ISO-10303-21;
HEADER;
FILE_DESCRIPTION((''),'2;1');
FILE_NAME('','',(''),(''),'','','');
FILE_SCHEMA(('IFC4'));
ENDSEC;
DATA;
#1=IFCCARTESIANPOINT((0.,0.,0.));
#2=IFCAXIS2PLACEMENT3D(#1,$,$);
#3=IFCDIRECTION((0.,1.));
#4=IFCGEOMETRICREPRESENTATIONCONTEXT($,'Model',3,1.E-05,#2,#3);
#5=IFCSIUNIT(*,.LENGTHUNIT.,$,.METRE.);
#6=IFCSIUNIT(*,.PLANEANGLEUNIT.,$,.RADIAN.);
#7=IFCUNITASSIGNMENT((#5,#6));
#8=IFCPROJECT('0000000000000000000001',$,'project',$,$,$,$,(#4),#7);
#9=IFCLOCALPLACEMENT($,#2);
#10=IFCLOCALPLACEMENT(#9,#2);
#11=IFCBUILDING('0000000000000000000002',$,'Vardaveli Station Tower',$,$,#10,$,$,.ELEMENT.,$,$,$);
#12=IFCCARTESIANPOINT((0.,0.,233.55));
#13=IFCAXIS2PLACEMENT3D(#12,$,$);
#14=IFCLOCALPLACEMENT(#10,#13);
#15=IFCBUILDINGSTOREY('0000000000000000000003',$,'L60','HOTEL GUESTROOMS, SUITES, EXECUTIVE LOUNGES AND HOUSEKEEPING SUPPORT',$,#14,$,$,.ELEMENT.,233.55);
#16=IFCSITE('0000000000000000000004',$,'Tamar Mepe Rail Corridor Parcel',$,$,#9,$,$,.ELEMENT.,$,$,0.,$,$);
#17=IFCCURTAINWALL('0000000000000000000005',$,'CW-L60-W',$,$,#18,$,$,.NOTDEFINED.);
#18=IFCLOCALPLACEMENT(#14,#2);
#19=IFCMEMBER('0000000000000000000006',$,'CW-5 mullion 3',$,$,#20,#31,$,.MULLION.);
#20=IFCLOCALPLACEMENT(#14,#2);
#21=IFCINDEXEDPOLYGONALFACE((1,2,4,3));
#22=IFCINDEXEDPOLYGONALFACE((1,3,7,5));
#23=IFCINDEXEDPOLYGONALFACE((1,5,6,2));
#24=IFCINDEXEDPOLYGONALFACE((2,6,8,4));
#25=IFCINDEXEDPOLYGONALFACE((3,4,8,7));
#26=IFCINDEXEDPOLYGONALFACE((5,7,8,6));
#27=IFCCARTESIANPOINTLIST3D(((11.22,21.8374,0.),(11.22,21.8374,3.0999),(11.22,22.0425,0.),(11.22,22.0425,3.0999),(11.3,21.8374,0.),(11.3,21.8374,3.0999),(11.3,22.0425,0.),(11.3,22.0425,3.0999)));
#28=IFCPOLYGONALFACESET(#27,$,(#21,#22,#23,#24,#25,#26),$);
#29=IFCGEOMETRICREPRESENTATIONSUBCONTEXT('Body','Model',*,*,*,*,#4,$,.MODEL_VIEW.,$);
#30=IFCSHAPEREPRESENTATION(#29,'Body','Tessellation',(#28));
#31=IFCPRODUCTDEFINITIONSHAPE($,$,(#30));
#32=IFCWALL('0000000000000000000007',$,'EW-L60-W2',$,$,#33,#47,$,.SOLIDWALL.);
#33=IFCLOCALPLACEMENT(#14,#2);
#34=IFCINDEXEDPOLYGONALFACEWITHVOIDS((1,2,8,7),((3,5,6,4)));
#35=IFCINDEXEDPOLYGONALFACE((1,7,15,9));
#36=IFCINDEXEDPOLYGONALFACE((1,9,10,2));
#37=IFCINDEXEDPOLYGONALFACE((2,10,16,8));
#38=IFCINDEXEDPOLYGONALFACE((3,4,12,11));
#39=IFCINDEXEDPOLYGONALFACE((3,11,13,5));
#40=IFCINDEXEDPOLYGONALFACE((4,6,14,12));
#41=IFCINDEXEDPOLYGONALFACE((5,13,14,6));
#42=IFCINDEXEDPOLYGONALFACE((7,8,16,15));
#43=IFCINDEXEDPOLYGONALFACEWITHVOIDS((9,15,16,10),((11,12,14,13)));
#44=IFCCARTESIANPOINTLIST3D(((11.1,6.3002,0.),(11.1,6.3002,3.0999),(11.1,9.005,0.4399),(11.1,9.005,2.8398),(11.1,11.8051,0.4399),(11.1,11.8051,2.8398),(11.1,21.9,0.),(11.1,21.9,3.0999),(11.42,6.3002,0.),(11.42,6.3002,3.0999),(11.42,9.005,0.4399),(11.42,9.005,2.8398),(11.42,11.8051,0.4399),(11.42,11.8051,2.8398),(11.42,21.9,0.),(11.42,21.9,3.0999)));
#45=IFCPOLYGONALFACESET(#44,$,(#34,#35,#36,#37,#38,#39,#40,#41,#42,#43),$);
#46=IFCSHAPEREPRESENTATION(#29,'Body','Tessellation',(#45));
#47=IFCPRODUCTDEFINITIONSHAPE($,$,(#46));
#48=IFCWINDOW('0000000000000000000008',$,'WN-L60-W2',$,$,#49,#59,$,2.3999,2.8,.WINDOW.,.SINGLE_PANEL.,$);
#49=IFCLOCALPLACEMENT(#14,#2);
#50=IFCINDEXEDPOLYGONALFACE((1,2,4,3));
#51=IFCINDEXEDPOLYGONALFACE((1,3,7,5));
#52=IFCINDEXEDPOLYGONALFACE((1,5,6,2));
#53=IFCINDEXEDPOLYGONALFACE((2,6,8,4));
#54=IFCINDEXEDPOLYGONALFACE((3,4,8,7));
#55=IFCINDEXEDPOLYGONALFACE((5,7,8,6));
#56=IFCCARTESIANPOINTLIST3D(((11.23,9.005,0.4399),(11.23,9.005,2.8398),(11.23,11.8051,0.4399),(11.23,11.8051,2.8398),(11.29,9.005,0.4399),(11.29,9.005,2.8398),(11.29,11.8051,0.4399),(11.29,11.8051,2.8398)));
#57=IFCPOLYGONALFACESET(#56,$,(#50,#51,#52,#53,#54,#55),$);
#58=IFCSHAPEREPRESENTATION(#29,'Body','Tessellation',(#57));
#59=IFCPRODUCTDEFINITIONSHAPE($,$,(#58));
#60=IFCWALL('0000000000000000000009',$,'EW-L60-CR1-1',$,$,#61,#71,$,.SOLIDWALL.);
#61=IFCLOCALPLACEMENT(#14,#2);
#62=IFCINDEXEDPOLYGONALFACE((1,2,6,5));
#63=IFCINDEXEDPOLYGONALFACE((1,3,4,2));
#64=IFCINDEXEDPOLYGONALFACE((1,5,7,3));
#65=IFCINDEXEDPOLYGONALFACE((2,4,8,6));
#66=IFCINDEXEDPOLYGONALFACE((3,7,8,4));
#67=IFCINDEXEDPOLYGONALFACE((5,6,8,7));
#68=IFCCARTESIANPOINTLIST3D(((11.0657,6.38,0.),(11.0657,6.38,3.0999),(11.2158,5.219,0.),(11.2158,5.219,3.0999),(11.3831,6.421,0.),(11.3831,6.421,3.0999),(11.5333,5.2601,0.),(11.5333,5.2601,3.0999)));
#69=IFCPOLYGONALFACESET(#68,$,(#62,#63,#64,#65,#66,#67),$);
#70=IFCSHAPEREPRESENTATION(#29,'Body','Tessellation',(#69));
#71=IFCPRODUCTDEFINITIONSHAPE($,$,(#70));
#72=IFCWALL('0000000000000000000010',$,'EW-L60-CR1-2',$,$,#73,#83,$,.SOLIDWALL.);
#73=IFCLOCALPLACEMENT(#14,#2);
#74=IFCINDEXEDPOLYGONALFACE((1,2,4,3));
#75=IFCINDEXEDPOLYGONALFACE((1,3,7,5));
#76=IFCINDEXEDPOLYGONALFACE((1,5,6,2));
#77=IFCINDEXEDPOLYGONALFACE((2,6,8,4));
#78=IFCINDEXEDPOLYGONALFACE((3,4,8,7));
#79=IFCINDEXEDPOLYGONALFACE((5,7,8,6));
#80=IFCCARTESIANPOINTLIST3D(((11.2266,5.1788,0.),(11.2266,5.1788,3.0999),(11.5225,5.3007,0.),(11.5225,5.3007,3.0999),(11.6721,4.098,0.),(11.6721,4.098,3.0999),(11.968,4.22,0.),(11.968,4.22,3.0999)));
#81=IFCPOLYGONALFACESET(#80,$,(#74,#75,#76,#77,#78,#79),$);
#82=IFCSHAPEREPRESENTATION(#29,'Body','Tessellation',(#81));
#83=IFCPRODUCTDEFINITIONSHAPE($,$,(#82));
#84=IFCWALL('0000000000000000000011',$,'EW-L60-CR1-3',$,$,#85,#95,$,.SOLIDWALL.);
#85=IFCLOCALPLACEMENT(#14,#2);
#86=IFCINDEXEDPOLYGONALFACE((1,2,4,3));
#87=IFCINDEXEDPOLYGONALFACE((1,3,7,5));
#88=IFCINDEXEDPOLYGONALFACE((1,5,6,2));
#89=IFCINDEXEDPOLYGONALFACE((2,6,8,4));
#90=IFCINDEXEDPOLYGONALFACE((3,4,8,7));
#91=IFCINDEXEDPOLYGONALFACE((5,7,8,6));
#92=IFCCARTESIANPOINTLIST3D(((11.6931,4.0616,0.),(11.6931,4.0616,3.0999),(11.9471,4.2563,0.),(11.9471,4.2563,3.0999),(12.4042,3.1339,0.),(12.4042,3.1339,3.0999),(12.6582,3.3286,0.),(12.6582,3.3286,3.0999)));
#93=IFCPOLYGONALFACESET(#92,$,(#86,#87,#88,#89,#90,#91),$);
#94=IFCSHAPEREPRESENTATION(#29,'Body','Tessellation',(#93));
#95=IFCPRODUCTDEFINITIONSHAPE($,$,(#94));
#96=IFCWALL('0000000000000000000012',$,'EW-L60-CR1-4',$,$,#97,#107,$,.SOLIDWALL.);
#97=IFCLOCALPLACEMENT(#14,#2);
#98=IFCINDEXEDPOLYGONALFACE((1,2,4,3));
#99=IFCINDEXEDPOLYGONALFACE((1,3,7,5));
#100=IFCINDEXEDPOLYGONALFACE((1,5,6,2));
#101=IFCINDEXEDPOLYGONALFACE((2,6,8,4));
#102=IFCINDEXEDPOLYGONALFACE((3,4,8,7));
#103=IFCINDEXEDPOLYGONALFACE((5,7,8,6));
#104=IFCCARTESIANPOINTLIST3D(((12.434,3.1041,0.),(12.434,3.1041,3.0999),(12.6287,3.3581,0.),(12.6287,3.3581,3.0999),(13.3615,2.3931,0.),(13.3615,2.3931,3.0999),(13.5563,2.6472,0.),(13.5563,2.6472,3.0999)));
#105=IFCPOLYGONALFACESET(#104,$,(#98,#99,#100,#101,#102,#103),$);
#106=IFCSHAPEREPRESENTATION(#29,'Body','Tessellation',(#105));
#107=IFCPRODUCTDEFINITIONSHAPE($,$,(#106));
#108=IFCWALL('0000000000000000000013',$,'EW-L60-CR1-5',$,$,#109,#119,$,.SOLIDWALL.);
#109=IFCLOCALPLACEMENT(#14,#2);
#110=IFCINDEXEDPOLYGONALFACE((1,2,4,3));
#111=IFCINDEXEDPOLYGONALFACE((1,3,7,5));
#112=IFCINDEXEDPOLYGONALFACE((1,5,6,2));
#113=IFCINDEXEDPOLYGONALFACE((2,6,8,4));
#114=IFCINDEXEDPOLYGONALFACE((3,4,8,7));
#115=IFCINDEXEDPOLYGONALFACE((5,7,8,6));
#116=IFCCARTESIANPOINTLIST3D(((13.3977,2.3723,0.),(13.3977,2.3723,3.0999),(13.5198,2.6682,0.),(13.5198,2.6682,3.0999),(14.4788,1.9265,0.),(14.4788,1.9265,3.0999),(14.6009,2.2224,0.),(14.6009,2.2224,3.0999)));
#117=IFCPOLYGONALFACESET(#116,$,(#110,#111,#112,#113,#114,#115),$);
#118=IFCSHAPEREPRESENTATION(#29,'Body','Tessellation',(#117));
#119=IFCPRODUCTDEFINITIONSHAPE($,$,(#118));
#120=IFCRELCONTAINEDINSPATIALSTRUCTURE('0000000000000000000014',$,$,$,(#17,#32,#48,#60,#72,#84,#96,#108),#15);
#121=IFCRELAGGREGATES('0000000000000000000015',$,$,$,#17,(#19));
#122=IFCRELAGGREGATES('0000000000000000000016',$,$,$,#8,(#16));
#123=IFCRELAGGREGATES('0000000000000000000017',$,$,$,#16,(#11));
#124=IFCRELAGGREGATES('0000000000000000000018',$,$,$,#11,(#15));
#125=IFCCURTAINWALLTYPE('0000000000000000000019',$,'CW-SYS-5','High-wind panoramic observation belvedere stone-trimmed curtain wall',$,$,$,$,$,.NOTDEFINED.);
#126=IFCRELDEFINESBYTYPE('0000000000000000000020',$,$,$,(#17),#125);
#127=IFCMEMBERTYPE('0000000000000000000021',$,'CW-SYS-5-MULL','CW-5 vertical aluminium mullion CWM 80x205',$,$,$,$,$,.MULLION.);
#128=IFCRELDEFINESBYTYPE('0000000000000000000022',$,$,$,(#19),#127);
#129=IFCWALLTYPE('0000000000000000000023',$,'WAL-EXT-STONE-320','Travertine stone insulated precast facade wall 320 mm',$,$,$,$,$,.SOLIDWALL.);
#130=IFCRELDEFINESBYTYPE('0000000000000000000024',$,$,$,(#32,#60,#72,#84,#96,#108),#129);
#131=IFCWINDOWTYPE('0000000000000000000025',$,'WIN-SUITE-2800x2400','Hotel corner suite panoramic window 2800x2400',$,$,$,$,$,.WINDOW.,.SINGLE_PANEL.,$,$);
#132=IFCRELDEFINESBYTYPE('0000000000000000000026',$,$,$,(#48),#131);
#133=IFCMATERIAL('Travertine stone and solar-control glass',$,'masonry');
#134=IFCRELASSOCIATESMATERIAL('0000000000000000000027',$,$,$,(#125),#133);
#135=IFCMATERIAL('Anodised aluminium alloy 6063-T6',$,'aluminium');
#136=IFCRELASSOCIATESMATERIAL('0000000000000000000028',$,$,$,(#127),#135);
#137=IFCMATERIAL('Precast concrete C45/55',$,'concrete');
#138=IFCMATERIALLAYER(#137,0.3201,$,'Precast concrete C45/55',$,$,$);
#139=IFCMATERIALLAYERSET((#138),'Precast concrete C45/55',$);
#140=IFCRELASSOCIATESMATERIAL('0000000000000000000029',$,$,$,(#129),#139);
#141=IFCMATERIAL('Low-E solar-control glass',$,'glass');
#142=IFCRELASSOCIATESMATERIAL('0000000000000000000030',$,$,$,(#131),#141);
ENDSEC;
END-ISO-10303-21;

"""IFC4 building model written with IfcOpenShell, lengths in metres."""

from ifc_helpers import new_model, si_unit, direction, frame, frame_2d, origin, origin_2d, place, context, subcontext, project, spatial, rectangle, extrude, source, transform, mapped, material, layer, layer_set, material_profile, profile_set, type_object, element, fill, aggregate, save


model = new_model("IFC4")

# Units and contexts
model_context = context("Model", 3, precision=1e-05, world=origin(), true_north=direction((0.0, 1.0)))
body_context = subcontext(model_context, "Body", "Model", "MODEL_VIEW")
ifc_project = project(units=[si_unit("LENGTHUNIT", "METRE"), si_unit("PLANEANGLEUNIT", "RADIAN")], contexts=[model_context])

# Site, building, storey
site_placement = place(None, origin())
site = spatial("IfcSite", under=ifc_project, at=site_placement, Name="Tamar Mepe Rail Corridor Parcel", CompositionType="ELEMENT", RefElevation=0.0)
building_placement = place(site_placement, origin())
building = spatial("IfcBuilding", under=site, at=building_placement, Name="Vardaveli Station Tower", CompositionType="ELEMENT")
storey_placement = place(building_placement, frame((0.0, 0.0, 233.55)))
storey = spatial("IfcBuildingStorey", under=building, at=storey_placement, Name="L60", Description="HOTEL GUESTROOMS, SUITES, EXECUTIVE LOUNGES AND HOUSEKEEPING SUPPORT", CompositionType="ELEMENT", Elevation=233.55)

# Shared definitions
ifc_material_1 = material(Name="Precast concrete C45/55", Category="concrete")

# Curtain wall, member
ifc_material_2 = material(Name="Travertine stone and solar-control glass", Category="masonry")
curtain_wall_type = type_object("IfcCurtainWallType", Name="CW-SYS-5", Description="High-wind panoramic observation belvedere stone-trimmed curtain wall", PredefinedType="NOTDEFINED", material=ifc_material_2)
curtain_wall_placement = place(storey_placement, origin())
curtain_wall = element("IfcCurtainWall", 1, at=curtain_wall_placement, inside=storey, type_object=curtain_wall_type, Name="CW-L60-W", PredefinedType="NOTDEFINED")
ifc_material_3 = material(Name="Anodised aluminium alloy 6063-T6", Category="aluminium")
ifc_material_profile_1 = material_profile(ifc_material_3, rectangle(XDim=0.0801, YDim=0.2051, at=origin_2d()), Name="CWM 80x205")
ifc_profile_set_1 = profile_set([ifc_material_profile_1], Name="Anodised aluminium alloy 6063-T6")
member_type = type_object("IfcMemberType", Name="CW-SYS-5-MULL", Description="CW-5 vertical aluminium mullion CWM 80x205", PredefinedType="MULLION", material=ifc_profile_set_1)
shared_shape_1 = source(origin(), body_context, "Body", "SweptSolid", [
    extrude(rectangle(XDim=0.0801, YDim=0.2051, at=origin_2d()), origin(), (0.0, 0.0, 1.0), 3.0999),
])
member_placement = place(storey_placement, frame((11.26, 21.9399, 0.0), z_axis=(0.0, 0.0, 1.0), x_axis=(1.0, 0.0, 0.0)))
member = element("IfcMember", 2, at=member_placement, type_object=member_type, Name="CW-5 mullion 3", PredefinedType="MULLION", context=body_context, shape_type="MappedRepresentation", body=[
    mapped(shared_shape_1, transform((0.0, 0.0, 0.0), scale=1.0)),
])
aggregate(curtain_wall, [member])

# Wall, opening, window
ifc_layer_1 = layer(ifc_material_1, 0.3201, Name="Precast concrete C45/55")
ifc_layer_set_1 = layer_set([ifc_layer_1], Name="Precast concrete C45/55")
wall_type_1 = type_object("IfcWallType", Name="WAL-EXT-STONE-320", Description="Travertine stone insulated precast facade wall 320 mm", PredefinedType="SOLIDWALL", material=ifc_layer_set_1)
shared_shape_2 = source(origin(), body_context, "Body", "SweptSolid", [
    extrude(rectangle(XDim=15.5999, YDim=0.3201, at=frame_2d((7.7998, 0.0))), origin(), (0.0, 0.0, 1.0), 3.0999),
])
wall_1_placement = place(storey_placement, frame((11.26, 21.8999, 0.0), z_axis=(0.0, 0.0, 1.0), x_axis=(0.0, -1.0, 0.0)))
wall_1 = element("IfcWall", 3, at=wall_1_placement, inside=storey, type_object=wall_type_1, Name="EW-L60-W2", PredefinedType="SOLIDWALL", context=body_context, shape_type="MappedRepresentation", body=[
    mapped(shared_shape_2, transform((0.0, 0.0, 0.0), scale=1.0)),
])
shared_shape_3 = source(origin(), body_context, "Body", "SweptSolid", [
    extrude(rectangle(XDim=2.8, YDim=2.3999, at=frame_2d((1.3999, 1.2))), frame((0.0, 0.1699, 0.0), z_axis=(0.0, -1.0, 0.0), x_axis=(1.0, 0.0, 0.0)), (0.0, 0.0, 1.0), 0.3401),
])
opening_1_placement = place(wall_1_placement, frame((10.095, 0.0, 0.4399)))
opening_1 = element("IfcOpeningElement", 4, at=opening_1_placement, cuts=wall_1, PredefinedType="OPENING", context=body_context, shape_type="MappedRepresentation", body=[
    mapped(shared_shape_3, transform((0.0, 0.0, 0.0), scale=1.0)),
])
ifc_material_4 = material(Name="Low-E solar-control glass", Category="glass")
window_type = type_object("IfcWindowType", Name="WIN-SUITE-2800x2400", Description="Hotel corner suite panoramic window 2800x2400", PartitioningType="SINGLE_PANEL", PredefinedType="WINDOW", material=ifc_material_4)
shared_shape_4 = source(origin(), body_context, "Body", "SweptSolid", [
    extrude(rectangle(XDim=2.8, YDim=2.3999, at=frame_2d((1.3999, 1.2))), frame((0.0, 0.03, 0.0), z_axis=(0.0, -1.0, 0.0), x_axis=(1.0, 0.0, 0.0)), (0.0, 0.0, 1.0), 0.0601),
])
window_placement = place(opening_1_placement, origin())
window = element("IfcWindow", 5, at=window_placement, inside=storey, type_object=window_type, Name="WN-L60-W2", OverallHeight=2.3999, OverallWidth=2.8, PartitioningType="SINGLE_PANEL", PredefinedType="WINDOW", context=body_context, shape_type="MappedRepresentation", body=[
    mapped(shared_shape_4, transform((0.0, 0.0, 0.0), scale=1.0)),
])
fill(opening_1, window)

# Walls
shared_shape_5 = source(origin(), body_context, "Body", "SweptSolid", [
    extrude(rectangle(XDim=1.1707, YDim=0.3201, at=frame_2d((0.5854, 0.0))), origin(), (0.0, 0.0, 1.0), 3.0999),
])
wall_2_placement = place(storey_placement, frame((11.2244, 6.4006, 0.0), z_axis=(0.0, 0.0, 1.0), x_axis=(0.128269, -0.991739, 0.0)))
element("IfcWall", 6, at=wall_2_placement, inside=storey, type_object=wall_type_1, Name="EW-L60-CR1-1", PredefinedType="SOLIDWALL", context=body_context, shape_type="MappedRepresentation", body=[
    mapped(shared_shape_5, transform((0.0, 0.0, 0.0), scale=1.0)),
])
shared_shape_6 = source(origin(), body_context, "Body", "SweptSolid", [
    extrude(rectangle(XDim=1.1689, YDim=0.3201, at=frame_2d((0.5845, 0.0))), origin(), (0.0, 0.0, 1.0), 3.0999),
])
for number, where, z_axis, x_axis, name in (
    (7, (11.3745, 5.2397, 0.0), (0.0, 0.0, 1.0), (0.381128, -0.924522, 0.0), "EW-L60-CR1-2"),
    (8, (11.8201, 4.1589, 0.0), (0.0, 0.0, 1.0), (0.608388, -0.79364, 0.0), "EW-L60-CR1-3"),
):
    element("IfcWall", number, at=place(storey_placement, frame(where, z_axis=z_axis, x_axis=x_axis)), inside=storey, type_object=wall_type_1, Name=name, PredefinedType="SOLIDWALL", context=body_context, shape_type="MappedRepresentation", body=[
        mapped(shared_shape_6, transform((0.0, 0.0, 0.0), scale=1.0)),
    ])
shared_shape_7 = source(origin(), body_context, "Body", "SweptSolid", [
    extrude(rectangle(XDim=1.1687, YDim=0.3201, at=frame_2d((0.5845, 0.0))), origin(), (0.0, 0.0, 1.0), 3.0999),
])
wall_3_placement = place(storey_placement, frame((12.5312, 3.2312, 0.0), z_axis=(0.0, 0.0, 1.0), x_axis=(0.793664, -0.608357, 0.0)))
element("IfcWall", 9, at=wall_3_placement, inside=storey, type_object=wall_type_1, Name="EW-L60-CR1-4", PredefinedType="SOLIDWALL", context=body_context, shape_type="MappedRepresentation", body=[
    mapped(shared_shape_7, transform((0.0, 0.0, 0.0), scale=1.0)),
])
shared_shape_8 = source(origin(), body_context, "Body", "SweptSolid", [
    extrude(rectangle(XDim=1.1694, YDim=0.3201, at=frame_2d((0.5847, 0.0))), origin(), (0.0, 0.0, 1.0), 3.0999),
])
wall_4_placement = place(storey_placement, frame((13.4587, 2.5203, 0.0), z_axis=(0.0, 0.0, 1.0), x_axis=(0.924479, -0.381233, 0.0)))
element("IfcWall", 10, at=wall_4_placement, inside=storey, type_object=wall_type_1, Name="EW-L60-CR1-5", PredefinedType="SOLIDWALL", context=body_context, shape_type="MappedRepresentation", body=[
    mapped(shared_shape_8, transform((0.0, 0.0, 0.0), scale=1.0)),
])

save(model, "model.ifc")
